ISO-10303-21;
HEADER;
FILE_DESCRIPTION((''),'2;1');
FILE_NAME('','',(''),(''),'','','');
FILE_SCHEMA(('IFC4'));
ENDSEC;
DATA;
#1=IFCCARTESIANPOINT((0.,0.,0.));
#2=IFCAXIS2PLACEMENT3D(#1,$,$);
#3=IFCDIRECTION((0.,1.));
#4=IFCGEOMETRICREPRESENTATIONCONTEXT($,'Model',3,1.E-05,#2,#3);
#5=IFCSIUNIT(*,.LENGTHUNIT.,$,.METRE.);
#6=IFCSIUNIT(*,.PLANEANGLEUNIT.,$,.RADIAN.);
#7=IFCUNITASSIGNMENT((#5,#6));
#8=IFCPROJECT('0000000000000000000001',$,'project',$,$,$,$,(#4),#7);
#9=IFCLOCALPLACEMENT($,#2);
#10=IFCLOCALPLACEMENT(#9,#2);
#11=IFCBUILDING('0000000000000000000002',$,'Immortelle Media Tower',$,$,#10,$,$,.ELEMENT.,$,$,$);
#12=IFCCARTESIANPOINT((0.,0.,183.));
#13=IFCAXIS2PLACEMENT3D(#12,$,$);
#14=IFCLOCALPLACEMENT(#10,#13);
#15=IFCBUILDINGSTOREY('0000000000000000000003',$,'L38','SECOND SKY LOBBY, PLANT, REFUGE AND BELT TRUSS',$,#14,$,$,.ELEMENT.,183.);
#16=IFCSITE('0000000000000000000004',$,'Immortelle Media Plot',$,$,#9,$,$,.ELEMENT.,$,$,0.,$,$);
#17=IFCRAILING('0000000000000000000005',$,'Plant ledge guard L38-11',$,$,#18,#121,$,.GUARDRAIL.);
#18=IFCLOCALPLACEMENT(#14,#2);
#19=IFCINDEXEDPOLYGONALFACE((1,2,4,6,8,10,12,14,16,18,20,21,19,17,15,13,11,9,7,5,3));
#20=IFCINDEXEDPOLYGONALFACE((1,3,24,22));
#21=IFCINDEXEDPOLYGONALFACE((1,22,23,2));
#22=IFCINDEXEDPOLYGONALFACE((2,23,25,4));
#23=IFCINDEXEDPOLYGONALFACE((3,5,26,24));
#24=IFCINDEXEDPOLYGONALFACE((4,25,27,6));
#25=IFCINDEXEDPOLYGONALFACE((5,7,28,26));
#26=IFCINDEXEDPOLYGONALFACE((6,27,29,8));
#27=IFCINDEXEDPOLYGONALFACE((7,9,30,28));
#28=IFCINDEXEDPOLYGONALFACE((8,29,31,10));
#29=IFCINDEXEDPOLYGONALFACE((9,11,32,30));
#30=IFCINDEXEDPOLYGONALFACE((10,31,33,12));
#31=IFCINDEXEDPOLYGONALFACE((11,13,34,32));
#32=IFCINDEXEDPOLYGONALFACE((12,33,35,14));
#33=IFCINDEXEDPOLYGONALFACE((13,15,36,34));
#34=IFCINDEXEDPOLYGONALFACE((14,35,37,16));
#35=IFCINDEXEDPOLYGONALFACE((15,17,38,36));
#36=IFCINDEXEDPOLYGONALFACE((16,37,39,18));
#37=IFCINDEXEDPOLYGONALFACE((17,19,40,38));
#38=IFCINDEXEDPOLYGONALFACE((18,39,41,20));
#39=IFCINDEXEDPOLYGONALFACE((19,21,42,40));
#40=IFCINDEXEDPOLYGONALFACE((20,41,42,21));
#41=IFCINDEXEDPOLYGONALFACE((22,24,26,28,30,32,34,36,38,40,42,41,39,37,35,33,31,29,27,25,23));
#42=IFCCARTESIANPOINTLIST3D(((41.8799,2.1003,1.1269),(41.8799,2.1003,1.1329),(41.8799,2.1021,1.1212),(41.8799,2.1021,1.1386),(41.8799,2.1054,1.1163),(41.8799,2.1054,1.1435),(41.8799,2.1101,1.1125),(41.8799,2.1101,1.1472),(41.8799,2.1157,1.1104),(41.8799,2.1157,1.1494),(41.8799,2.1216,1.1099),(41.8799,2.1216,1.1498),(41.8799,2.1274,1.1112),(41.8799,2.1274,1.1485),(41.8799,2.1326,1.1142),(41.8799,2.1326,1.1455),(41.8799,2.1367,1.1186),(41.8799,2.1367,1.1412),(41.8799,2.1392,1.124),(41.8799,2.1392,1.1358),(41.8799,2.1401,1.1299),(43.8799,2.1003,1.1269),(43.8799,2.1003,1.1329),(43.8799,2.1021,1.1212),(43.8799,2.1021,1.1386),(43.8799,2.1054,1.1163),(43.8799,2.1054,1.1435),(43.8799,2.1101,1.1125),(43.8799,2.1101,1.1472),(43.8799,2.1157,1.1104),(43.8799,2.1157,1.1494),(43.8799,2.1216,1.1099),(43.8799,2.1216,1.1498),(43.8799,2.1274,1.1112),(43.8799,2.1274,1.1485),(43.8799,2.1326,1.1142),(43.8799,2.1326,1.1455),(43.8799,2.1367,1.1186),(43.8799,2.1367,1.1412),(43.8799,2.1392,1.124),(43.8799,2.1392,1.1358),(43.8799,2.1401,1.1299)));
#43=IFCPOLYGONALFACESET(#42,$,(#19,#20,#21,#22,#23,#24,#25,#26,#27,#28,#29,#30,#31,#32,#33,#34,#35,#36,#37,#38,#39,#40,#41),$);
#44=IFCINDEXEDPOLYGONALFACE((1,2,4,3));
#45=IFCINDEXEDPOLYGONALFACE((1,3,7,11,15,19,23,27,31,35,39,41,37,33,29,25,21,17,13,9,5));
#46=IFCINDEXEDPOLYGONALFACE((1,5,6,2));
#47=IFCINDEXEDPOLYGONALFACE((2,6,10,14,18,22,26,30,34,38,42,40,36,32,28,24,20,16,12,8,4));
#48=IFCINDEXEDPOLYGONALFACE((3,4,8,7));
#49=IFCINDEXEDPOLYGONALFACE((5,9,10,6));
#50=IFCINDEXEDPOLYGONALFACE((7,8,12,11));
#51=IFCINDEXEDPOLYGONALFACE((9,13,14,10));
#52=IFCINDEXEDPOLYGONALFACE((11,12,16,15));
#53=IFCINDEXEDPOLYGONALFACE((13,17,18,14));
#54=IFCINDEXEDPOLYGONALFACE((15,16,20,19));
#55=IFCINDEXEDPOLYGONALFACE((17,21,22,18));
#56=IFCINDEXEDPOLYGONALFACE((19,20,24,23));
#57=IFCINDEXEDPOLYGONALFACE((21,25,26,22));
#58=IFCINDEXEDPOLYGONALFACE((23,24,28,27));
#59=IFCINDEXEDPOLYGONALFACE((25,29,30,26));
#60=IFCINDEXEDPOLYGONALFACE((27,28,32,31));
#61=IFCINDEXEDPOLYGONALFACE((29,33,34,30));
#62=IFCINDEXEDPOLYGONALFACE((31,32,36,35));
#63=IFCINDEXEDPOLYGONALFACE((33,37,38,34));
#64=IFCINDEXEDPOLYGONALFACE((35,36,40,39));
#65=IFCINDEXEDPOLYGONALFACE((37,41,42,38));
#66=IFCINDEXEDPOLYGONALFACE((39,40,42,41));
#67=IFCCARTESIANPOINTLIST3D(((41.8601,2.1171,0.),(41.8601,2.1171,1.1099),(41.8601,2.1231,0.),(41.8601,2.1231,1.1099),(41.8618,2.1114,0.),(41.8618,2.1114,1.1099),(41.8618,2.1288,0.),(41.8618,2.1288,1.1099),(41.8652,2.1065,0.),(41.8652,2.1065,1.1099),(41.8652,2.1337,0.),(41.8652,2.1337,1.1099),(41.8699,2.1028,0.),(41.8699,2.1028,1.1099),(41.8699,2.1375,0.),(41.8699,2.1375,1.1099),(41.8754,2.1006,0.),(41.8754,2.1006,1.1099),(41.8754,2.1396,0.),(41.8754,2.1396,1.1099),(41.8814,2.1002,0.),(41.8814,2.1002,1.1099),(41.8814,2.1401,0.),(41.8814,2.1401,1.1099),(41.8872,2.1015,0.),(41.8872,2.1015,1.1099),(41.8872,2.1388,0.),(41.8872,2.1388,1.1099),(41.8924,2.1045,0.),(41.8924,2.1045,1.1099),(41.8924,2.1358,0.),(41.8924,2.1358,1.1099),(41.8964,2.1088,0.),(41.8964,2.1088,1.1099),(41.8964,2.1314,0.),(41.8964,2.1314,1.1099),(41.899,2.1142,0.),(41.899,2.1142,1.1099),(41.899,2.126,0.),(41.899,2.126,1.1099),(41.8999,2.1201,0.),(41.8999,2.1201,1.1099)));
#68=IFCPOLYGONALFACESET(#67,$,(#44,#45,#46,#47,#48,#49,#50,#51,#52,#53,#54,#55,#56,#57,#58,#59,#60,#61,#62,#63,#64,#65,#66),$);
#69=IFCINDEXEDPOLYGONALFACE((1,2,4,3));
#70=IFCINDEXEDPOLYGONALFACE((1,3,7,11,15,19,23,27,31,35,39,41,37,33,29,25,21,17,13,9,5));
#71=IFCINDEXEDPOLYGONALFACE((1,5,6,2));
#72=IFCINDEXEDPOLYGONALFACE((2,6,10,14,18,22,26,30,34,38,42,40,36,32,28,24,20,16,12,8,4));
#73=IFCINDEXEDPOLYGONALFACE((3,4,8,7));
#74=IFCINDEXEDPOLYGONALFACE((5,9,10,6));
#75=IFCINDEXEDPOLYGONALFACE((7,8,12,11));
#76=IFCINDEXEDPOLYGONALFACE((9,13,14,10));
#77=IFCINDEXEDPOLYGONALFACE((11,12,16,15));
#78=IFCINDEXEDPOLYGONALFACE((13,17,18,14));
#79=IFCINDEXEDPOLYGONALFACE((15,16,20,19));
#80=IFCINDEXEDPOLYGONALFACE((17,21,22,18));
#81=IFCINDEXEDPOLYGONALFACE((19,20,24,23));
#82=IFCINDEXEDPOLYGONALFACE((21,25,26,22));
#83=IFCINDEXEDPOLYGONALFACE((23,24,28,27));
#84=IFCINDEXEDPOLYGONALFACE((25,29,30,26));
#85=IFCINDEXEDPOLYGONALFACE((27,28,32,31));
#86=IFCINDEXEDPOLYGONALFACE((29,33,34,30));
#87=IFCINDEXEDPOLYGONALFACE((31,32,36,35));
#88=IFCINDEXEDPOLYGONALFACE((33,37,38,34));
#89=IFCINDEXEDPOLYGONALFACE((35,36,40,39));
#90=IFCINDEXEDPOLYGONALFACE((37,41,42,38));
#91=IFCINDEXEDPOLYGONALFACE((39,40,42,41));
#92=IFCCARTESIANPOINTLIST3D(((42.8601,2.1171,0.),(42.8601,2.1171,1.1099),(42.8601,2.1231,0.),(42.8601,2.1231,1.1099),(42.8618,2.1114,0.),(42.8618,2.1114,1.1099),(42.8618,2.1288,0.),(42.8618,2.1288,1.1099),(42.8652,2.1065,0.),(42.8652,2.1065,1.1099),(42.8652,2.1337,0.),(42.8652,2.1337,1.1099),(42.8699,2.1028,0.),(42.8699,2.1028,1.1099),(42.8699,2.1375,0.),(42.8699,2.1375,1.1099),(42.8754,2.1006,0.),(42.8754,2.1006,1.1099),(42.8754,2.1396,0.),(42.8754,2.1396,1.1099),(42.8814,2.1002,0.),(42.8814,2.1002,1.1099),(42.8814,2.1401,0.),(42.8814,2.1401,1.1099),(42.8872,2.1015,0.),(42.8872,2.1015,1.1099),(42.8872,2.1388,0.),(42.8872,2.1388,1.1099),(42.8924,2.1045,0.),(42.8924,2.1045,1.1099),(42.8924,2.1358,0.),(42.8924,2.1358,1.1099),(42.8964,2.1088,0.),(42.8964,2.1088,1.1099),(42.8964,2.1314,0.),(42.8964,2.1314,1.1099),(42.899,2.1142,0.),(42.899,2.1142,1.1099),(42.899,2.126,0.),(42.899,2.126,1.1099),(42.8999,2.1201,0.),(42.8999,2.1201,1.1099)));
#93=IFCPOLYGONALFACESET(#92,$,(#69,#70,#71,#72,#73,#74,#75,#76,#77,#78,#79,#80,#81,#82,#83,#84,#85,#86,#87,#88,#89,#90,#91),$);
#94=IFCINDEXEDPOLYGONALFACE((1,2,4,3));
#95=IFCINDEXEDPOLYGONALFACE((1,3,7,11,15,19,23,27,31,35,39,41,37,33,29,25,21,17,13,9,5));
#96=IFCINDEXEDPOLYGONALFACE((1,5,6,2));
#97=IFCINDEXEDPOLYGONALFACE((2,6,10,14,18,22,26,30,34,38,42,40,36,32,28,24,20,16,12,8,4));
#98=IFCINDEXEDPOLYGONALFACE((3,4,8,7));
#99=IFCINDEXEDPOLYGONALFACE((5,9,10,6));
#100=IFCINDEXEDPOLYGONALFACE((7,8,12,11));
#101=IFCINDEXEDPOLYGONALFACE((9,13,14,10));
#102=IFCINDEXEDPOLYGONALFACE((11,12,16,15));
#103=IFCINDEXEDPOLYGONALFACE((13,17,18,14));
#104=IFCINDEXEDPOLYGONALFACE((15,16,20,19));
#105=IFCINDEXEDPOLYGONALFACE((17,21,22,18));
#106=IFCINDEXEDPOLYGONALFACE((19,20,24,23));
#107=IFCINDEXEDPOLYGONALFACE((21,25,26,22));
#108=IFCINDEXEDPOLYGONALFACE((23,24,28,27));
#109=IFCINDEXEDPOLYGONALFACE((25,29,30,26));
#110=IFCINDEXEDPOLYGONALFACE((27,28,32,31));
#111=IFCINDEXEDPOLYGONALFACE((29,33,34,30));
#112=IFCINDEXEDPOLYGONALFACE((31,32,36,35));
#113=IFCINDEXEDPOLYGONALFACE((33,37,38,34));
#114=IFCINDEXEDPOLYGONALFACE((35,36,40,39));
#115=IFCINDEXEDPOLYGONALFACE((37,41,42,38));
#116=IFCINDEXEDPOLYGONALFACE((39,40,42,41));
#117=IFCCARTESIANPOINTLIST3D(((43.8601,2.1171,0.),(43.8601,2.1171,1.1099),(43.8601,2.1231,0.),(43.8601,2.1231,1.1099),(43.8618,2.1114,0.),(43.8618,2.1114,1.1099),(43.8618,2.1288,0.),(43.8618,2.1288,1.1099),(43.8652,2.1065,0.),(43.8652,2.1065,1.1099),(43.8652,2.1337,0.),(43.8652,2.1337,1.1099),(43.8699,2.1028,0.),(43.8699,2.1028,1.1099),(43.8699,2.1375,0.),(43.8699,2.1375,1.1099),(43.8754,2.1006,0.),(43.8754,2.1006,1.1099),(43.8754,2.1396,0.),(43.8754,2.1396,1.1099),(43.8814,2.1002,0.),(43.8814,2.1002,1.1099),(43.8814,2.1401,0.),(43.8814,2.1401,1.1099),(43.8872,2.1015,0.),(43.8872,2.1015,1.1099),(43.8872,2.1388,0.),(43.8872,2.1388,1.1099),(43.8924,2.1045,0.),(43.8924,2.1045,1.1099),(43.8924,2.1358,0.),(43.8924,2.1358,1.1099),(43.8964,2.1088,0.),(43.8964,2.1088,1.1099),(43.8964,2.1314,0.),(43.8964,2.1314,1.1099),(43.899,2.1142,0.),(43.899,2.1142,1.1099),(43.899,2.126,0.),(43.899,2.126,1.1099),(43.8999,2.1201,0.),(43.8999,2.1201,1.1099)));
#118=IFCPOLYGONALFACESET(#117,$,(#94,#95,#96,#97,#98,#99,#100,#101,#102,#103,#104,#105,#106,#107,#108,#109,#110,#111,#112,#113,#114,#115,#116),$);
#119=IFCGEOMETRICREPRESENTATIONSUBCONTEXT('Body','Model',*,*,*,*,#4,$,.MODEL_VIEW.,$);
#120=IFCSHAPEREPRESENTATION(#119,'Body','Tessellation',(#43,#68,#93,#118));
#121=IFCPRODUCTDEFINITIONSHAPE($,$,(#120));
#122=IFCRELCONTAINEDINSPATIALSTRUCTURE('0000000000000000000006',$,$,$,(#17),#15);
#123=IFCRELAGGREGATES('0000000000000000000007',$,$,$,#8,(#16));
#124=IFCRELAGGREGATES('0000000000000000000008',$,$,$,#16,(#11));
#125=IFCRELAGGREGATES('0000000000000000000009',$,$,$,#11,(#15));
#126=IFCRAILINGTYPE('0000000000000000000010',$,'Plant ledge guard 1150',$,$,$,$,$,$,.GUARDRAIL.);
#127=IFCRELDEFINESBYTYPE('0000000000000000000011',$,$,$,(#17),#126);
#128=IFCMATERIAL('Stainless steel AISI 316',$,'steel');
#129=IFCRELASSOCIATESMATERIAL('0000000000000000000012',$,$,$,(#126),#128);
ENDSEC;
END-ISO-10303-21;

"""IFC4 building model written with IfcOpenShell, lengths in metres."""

from ifc_helpers import new_model, si_unit, direction, frame, origin, origin_2d, place, context, subcontext, project, spatial, circle, extrude, material, type_object, element, save


model = new_model("IFC4")

# Units and contexts
model_context = context("Model", 3, precision=1e-05, world=origin(), true_north=direction((0.0, 1.0)))
body_context = subcontext(model_context, "Body", "Model", "MODEL_VIEW")
ifc_project = project(units=[si_unit("LENGTHUNIT", "METRE"), si_unit("PLANEANGLEUNIT", "RADIAN")], contexts=[model_context])

# Site, building, storey
site_placement = place(None, origin())
site = spatial("IfcSite", under=ifc_project, at=site_placement, Name="Immortelle Media Plot", CompositionType="ELEMENT", RefElevation=0.0)
building_placement = place(site_placement, origin())
building = spatial("IfcBuilding", under=site, at=building_placement, Name="Immortelle Media Tower", CompositionType="ELEMENT")
storey_placement = place(building_placement, frame((0.0, 0.0, 183.0)))
storey = spatial("IfcBuildingStorey", under=building, at=storey_placement, Name="L38", Description="SECOND SKY LOBBY, PLANT, REFUGE AND BELT TRUSS", CompositionType="ELEMENT", Elevation=183.0)

# Railing
ifc_material_1 = material(Name="Stainless steel AISI 316", Category="steel")
railing_type = type_object("IfcRailingType", Name="Plant ledge guard 1150", PredefinedType="GUARDRAIL", material=ifc_material_1)
railing_1_placement = place(storey_placement, frame((41.8799, 2.1201, 0.0)))
element("IfcRailing", 1, at=railing_1_placement, inside=storey, type_object=railing_type, Name="Plant ledge guard L38-11", PredefinedType="GUARDRAIL", context=body_context, shape_type="SweptSolid", body=[
    extrude(circle(Radius=0.02, at=origin_2d()), frame((0.0, 0.0, 1.1299), z_axis=(1.0, 0.0, 0.0), x_axis=(0.0, 1.0, 0.0)), (0.0, 0.0, 1.0), 2.0),
    extrude(circle(Radius=0.02, at=origin_2d()), origin(), (0.0, 0.0, 1.0), 1.1099),
    extrude(circle(Radius=0.02, at=origin_2d()), frame((1.0, 0.0, 0.0)), (0.0, 0.0, 1.0), 1.1099),
    extrude(circle(Radius=0.02, at=origin_2d()), frame((2.0, 0.0, 0.0)), (0.0, 0.0, 1.0), 1.1099),
])

save(model, "model.ifc")
